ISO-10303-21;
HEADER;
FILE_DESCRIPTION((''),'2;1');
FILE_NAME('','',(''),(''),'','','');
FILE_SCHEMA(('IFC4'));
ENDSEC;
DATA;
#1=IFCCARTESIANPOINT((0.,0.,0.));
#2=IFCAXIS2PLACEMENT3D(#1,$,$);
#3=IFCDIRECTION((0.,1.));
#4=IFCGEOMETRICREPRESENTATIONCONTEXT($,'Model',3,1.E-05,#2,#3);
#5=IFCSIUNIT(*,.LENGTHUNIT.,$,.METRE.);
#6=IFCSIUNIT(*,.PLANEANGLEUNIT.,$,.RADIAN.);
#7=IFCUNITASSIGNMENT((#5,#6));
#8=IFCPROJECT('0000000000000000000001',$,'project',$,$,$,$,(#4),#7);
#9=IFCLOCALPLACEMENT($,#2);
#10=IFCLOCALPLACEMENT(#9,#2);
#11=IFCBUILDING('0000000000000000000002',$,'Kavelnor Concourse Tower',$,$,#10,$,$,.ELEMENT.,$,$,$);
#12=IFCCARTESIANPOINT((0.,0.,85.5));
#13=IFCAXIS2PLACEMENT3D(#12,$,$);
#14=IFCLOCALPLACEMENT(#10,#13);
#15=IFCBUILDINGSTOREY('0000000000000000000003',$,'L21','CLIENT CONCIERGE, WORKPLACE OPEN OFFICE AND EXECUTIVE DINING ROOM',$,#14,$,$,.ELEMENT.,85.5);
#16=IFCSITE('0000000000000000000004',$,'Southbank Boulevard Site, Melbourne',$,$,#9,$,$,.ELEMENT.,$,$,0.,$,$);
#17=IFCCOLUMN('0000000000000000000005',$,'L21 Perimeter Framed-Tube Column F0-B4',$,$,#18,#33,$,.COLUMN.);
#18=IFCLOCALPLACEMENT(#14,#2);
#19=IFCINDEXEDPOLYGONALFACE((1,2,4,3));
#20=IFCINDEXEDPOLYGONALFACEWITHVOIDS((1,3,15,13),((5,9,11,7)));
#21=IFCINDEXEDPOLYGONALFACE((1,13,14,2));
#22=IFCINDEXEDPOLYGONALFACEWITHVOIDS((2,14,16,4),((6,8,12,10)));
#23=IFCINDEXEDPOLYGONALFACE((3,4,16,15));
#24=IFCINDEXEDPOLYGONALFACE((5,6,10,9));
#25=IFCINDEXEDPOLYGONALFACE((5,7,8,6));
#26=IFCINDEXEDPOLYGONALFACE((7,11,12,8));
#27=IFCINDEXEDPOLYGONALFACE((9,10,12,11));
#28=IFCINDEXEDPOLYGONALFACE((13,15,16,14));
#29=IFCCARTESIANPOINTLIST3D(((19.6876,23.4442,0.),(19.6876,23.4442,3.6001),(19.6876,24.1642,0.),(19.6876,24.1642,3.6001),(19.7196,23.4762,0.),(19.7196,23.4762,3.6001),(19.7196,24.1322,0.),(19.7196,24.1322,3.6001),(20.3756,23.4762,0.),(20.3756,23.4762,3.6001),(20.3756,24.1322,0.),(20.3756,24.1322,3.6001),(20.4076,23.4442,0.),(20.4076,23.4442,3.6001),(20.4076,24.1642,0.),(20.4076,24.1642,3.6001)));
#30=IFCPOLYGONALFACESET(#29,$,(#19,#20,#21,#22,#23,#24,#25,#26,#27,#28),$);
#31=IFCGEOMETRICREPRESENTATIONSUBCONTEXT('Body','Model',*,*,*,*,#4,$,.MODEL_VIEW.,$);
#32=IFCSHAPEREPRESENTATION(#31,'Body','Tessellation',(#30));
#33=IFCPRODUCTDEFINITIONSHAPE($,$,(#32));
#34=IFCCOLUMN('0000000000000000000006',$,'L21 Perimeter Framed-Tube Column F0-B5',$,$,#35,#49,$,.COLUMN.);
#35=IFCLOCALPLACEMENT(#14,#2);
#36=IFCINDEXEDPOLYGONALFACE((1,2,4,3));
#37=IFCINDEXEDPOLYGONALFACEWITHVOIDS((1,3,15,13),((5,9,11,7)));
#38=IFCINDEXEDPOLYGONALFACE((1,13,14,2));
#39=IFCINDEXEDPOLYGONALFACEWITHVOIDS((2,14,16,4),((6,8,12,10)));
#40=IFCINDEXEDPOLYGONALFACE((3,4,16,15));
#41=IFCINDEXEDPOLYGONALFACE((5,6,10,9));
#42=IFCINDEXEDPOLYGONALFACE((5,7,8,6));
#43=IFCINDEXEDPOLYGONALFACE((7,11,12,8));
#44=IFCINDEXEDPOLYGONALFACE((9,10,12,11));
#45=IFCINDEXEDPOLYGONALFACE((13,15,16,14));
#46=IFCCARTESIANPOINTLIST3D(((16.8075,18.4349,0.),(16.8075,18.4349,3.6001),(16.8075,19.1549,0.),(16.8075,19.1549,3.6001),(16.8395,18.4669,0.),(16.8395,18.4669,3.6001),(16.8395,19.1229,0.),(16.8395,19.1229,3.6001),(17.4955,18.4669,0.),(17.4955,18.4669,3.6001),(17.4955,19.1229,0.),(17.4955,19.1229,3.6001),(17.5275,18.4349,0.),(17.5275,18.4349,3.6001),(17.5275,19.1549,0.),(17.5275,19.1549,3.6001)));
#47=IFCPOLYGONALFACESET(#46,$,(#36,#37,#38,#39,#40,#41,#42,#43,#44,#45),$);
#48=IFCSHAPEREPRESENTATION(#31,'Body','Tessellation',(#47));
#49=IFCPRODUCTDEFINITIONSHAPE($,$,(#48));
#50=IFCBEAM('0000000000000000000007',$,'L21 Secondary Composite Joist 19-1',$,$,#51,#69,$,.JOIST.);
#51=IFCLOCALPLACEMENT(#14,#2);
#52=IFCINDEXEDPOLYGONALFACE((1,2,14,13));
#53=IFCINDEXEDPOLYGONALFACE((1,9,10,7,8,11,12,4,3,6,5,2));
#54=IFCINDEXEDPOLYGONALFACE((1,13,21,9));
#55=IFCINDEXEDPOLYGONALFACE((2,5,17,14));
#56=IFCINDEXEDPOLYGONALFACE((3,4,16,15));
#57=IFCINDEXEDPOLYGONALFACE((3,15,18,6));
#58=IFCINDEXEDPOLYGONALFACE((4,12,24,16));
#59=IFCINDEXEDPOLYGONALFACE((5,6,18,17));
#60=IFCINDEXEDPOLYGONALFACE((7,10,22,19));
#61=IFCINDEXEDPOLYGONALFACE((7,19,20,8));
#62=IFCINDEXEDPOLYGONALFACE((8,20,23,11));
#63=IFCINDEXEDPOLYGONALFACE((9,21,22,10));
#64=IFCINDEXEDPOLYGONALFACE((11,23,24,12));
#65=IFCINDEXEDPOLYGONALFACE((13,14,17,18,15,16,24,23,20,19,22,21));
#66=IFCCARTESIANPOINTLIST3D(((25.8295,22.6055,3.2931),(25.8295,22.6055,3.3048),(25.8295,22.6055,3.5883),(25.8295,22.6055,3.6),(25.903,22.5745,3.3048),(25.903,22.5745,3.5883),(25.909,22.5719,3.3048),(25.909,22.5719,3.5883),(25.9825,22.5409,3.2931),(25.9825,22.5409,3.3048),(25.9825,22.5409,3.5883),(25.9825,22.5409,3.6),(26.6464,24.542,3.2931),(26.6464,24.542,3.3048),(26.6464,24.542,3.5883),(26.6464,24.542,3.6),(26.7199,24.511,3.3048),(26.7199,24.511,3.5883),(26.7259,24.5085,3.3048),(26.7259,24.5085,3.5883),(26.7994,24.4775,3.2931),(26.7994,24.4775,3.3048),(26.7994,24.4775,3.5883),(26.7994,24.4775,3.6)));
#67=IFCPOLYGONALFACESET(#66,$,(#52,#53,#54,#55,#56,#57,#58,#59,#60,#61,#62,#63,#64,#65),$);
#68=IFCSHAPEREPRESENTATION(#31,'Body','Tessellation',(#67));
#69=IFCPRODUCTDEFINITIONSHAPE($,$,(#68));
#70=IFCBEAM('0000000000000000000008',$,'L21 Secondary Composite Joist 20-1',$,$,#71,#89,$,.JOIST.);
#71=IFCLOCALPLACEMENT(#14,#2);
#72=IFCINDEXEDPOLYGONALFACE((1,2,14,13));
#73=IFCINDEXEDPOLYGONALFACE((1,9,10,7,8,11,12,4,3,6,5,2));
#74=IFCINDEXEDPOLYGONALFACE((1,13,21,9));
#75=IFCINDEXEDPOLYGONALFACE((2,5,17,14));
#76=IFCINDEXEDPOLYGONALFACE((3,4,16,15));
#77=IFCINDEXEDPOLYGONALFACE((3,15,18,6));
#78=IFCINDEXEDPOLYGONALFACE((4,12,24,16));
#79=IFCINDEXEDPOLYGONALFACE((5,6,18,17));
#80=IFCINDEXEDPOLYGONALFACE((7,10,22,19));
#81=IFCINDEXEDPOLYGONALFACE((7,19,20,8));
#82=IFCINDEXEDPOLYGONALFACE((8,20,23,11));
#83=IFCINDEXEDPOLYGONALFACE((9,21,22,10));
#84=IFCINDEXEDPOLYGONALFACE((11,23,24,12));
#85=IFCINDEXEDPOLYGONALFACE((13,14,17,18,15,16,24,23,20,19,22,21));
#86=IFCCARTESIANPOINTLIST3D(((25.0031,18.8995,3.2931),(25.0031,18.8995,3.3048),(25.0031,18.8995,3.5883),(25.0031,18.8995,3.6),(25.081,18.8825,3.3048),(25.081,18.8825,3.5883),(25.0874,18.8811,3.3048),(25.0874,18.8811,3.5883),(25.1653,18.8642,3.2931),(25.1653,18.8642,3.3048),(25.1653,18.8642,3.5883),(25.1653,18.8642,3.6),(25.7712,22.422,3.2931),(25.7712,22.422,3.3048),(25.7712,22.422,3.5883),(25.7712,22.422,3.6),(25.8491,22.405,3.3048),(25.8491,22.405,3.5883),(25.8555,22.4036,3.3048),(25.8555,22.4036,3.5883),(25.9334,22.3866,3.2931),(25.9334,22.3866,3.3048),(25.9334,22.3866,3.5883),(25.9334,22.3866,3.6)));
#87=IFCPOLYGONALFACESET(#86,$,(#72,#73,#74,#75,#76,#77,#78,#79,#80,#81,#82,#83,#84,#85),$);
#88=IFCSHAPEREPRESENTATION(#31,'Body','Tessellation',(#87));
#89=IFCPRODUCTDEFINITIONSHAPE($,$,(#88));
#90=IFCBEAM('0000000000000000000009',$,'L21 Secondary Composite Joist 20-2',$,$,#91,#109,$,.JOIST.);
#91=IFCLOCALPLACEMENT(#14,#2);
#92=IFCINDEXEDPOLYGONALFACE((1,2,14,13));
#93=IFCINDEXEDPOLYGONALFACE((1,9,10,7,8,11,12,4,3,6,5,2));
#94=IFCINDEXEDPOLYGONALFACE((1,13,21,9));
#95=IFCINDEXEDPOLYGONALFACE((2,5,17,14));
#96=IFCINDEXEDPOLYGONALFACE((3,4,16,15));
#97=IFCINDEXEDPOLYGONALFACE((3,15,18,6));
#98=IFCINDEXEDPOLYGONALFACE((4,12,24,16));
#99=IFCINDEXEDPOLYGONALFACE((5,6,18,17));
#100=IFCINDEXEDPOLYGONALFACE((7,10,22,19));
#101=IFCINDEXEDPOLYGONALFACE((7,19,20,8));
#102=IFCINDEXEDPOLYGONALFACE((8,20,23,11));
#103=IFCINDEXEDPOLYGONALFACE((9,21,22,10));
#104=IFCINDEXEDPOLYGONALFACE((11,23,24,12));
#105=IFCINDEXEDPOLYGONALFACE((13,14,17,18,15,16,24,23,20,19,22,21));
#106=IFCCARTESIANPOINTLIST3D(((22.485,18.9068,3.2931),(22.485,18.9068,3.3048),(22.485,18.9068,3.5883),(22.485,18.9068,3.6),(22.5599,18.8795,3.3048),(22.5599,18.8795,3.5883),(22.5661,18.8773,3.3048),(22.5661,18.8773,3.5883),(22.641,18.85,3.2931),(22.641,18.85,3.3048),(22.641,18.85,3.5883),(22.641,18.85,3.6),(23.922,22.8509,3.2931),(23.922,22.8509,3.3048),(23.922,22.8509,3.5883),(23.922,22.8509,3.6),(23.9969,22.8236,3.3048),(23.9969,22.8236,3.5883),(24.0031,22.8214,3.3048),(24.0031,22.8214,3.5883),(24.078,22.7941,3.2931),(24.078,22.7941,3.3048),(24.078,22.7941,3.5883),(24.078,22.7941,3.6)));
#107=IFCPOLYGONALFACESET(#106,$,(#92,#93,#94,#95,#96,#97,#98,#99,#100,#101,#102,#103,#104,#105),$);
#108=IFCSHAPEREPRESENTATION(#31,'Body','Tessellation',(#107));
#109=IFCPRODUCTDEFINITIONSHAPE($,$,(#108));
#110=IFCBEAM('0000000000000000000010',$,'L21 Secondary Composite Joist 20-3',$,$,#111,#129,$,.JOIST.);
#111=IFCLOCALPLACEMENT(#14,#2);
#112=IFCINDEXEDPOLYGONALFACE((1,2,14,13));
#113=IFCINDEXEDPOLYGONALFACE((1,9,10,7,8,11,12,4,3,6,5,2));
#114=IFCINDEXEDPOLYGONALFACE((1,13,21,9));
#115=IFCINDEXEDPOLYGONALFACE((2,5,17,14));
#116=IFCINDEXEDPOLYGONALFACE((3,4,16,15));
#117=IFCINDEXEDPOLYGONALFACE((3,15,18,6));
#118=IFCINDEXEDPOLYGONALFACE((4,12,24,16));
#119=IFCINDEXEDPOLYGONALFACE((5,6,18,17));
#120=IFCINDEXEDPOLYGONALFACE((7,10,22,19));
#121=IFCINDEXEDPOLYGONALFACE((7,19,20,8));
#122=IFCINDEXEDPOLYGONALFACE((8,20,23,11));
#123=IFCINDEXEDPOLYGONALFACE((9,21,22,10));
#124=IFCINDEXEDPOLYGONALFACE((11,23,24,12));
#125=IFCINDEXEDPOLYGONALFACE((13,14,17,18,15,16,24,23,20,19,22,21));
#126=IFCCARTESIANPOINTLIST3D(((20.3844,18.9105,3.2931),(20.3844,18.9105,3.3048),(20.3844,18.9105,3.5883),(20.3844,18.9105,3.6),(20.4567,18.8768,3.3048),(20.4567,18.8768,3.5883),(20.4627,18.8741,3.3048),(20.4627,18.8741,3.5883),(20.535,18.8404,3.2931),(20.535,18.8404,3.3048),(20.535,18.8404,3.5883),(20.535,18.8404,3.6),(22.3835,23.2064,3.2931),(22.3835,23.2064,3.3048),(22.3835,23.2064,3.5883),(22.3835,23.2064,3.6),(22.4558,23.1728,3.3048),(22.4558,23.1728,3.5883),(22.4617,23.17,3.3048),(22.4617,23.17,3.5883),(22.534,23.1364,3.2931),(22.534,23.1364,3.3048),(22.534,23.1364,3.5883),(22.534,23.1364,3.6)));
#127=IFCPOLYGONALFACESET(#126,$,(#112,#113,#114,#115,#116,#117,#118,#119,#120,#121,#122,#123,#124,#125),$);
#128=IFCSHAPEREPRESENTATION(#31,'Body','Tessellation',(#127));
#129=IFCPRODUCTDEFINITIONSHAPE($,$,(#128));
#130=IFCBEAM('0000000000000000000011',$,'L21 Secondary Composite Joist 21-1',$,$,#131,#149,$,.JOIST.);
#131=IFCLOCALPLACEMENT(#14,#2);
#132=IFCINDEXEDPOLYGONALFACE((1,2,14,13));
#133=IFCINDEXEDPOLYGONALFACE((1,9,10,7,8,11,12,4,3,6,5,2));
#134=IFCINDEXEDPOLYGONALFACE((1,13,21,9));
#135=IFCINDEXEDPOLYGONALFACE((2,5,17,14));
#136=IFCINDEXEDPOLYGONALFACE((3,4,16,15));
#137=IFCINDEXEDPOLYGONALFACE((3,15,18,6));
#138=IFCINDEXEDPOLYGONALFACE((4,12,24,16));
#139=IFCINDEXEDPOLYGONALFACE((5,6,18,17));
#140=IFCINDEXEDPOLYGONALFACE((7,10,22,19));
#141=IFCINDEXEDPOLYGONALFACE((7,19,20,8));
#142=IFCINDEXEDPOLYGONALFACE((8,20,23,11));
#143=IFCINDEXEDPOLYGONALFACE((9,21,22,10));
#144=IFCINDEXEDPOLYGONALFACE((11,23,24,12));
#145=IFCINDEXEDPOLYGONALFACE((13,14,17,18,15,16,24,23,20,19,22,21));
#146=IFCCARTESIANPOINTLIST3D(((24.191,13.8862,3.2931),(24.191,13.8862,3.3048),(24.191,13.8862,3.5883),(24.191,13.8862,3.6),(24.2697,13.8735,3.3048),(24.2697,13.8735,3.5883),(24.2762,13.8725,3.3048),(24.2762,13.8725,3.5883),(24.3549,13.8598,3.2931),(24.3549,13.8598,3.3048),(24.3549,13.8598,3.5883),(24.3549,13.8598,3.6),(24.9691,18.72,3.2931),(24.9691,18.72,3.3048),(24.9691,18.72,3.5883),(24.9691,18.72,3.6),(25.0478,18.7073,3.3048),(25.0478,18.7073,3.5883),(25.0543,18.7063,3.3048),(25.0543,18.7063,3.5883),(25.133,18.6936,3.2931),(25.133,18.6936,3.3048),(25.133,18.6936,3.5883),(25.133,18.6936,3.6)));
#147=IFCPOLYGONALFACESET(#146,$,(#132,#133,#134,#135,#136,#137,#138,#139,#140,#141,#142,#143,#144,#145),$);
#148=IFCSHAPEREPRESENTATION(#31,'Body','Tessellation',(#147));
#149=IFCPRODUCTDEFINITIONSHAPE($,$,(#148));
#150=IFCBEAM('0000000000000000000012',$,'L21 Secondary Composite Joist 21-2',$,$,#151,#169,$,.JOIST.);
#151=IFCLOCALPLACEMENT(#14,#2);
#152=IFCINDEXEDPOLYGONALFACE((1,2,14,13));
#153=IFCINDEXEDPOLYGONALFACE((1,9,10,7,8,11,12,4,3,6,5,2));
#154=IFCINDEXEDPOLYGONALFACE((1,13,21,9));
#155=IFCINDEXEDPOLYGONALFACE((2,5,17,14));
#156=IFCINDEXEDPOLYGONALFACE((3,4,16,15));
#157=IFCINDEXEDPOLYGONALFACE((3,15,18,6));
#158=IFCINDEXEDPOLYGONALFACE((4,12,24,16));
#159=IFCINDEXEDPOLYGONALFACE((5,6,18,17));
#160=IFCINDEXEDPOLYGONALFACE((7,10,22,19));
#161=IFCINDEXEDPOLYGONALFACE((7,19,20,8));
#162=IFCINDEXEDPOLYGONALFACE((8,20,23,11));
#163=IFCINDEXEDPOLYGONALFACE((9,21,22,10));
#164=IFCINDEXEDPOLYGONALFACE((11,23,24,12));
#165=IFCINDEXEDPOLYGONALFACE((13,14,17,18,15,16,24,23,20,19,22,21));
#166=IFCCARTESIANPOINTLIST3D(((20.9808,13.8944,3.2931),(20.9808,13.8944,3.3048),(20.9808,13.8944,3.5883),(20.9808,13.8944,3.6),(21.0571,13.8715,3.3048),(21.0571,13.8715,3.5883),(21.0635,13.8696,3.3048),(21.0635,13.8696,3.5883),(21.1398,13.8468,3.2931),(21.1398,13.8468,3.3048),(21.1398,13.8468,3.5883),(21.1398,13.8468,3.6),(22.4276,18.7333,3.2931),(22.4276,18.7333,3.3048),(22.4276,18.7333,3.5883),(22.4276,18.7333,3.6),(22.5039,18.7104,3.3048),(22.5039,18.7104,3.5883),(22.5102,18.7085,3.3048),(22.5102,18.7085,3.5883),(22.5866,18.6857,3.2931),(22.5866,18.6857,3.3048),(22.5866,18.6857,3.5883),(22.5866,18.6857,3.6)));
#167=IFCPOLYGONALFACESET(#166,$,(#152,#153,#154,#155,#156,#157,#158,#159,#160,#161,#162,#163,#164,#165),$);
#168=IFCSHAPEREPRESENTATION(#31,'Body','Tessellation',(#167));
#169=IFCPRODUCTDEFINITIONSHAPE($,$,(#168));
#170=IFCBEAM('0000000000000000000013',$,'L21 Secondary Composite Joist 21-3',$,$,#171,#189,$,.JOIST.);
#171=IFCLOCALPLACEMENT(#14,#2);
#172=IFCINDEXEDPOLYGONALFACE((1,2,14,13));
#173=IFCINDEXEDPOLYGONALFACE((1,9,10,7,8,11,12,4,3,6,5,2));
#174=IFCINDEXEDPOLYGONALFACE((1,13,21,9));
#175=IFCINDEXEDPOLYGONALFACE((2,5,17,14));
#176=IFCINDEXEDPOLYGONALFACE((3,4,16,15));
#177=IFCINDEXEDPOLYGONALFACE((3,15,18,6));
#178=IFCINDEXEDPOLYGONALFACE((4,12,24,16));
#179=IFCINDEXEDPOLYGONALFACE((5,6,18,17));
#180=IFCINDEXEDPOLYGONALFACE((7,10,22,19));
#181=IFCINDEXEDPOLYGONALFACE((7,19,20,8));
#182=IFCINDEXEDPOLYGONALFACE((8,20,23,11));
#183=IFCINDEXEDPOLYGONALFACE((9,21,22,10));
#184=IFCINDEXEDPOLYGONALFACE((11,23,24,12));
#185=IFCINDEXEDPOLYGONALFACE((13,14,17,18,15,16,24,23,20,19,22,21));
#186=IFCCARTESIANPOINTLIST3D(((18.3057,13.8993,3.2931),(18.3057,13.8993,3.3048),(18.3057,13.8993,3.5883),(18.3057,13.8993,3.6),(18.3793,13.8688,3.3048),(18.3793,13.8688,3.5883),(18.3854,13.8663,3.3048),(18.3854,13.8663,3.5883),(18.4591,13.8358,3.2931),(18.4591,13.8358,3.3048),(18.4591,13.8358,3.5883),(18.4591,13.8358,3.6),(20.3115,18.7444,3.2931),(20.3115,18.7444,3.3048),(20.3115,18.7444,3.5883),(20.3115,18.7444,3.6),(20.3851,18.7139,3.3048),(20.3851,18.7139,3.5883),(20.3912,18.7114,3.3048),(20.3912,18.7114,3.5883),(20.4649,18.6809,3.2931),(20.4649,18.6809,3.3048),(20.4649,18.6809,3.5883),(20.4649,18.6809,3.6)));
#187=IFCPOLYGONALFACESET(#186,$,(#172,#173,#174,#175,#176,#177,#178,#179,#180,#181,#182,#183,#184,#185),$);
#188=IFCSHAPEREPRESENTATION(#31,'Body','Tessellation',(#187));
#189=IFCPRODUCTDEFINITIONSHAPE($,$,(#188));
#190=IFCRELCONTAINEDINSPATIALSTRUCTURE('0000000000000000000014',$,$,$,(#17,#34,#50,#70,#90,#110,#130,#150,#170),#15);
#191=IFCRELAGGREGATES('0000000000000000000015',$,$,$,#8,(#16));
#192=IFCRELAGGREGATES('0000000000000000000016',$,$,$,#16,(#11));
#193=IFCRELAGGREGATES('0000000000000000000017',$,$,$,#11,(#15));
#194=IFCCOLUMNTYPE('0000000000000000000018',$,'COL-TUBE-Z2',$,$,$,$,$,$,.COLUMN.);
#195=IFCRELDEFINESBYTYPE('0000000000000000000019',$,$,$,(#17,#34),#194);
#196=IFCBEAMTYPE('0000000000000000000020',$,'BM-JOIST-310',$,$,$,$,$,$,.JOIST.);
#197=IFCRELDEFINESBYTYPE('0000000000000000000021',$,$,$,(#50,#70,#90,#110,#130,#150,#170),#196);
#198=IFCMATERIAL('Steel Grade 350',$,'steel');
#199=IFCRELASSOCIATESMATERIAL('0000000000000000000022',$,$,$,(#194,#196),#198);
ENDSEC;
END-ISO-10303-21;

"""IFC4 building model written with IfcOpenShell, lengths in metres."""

from ifc_helpers import new_model, si_unit, direction, frame, origin, origin_2d, place, context, subcontext, project, spatial, hollow_rectangle, i_section, extrude, material, material_profile, profile_set, type_object, element, save


model = new_model("IFC4")

# Units and contexts
model_context = context("Model", 3, precision=1e-05, world=origin(), true_north=direction((0.0, 1.0)))
body_context = subcontext(model_context, "Body", "Model", "MODEL_VIEW")
ifc_project = project(units=[si_unit("LENGTHUNIT", "METRE"), si_unit("PLANEANGLEUNIT", "RADIAN")], contexts=[model_context])

# Site, building, storey
site_placement = place(None, origin())
site = spatial("IfcSite", under=ifc_project, at=site_placement, Name="Southbank Boulevard Site, Melbourne", CompositionType="ELEMENT", RefElevation=0.0)
building_placement = place(site_placement, origin())
building = spatial("IfcBuilding", under=site, at=building_placement, Name="Kavelnor Concourse Tower", CompositionType="ELEMENT")
storey_placement = place(building_placement, frame((0.0, 0.0, 85.5)))
storey = spatial("IfcBuildingStorey", under=building, at=storey_placement, Name="L21", Description="CLIENT CONCIERGE, WORKPLACE OPEN OFFICE AND EXECUTIVE DINING ROOM", CompositionType="ELEMENT", Elevation=85.5)

# Columns
ifc_material_1 = material(Name="Steel Grade 350", Category="steel")
ifc_material_profile_1 = material_profile(ifc_material_1, hollow_rectangle(XDim=0.72, YDim=0.72, WallThickness=0.032, at=origin_2d()), Name="SHS 720x720x32")
ifc_profile_set_1 = profile_set([ifc_material_profile_1], Name="Steel Grade 350")
column_type = type_object("IfcColumnType", Name="COL-TUBE-Z2", PredefinedType="COLUMN", material=ifc_profile_set_1)
for number, where, z_axis, x_axis, name in (
    (1, (20.0476, 23.8042, 0.0), (0.0, 0.0, 1.0), (1.0, 0.0, 0.0), "L21 Perimeter Framed-Tube Column F0-B4"),
    (2, (17.1675, 18.7949, 0.0), (0.0, 0.0, 1.0), (1.0, 0.0, 0.0), "L21 Perimeter Framed-Tube Column F0-B5"),
):
    element("IfcColumn", number, at=place(storey_placement, frame(where, z_axis=z_axis, x_axis=x_axis)), inside=storey, type_object=column_type, Name=name, PredefinedType="COLUMN", context=body_context, shape_type="SweptSolid", body=[
        extrude(hollow_rectangle(XDim=0.72, YDim=0.72, WallThickness=0.032, at=origin_2d()), origin(), (0.0, 0.0, 1.0), 3.6001),
    ])

# Beams
ifc_material_profile_2 = material_profile(ifc_material_1, i_section(OverallWidth=0.166, OverallDepth=0.3069, WebThickness=0.0066, FlangeThickness=0.0117, at=origin_2d()), Name="310UB46")
ifc_profile_set_2 = profile_set([ifc_material_profile_2], Name="Steel Grade 350")
beam_type_1 = type_object("IfcBeamType", Name="BM-JOIST-310", PredefinedType="JOIST", material=ifc_profile_set_2)
beam_1_placement = place(storey_placement, frame((26.7229, 24.5098, 3.4465), z_axis=(-0.38867, -0.921377, 0.0), x_axis=(0.921377, -0.38867, 0.0)))
element("IfcBeam", 3, at=beam_1_placement, inside=storey, type_object=beam_type_1, Name="L21 Secondary Composite Joist 19-1", PredefinedType="JOIST", context=body_context, shape_type="SweptSolid", body=[
    extrude(i_section(OverallWidth=0.166, OverallDepth=0.3069, WebThickness=0.0066, FlangeThickness=0.0117, at=origin_2d()), origin(), (0.0, 0.0, 1.0), 2.1018),
])
beam_2_placement = place(storey_placement, frame((25.8523, 22.4043, 3.4465), z_axis=(-0.213042, -0.977043, 0.0), x_axis=(0.977043, -0.213042, 0.0)))
element("IfcBeam", 4, at=beam_2_placement, inside=storey, type_object=beam_type_1, Name="L21 Secondary Composite Joist 20-1", PredefinedType="JOIST", context=body_context, shape_type="SweptSolid", body=[
    extrude(i_section(OverallWidth=0.166, OverallDepth=0.3069, WebThickness=0.0066, FlangeThickness=0.0117, at=origin_2d()), origin(), (0.0, 0.0, 1.0), 3.6052),
])
beam_3_placement = place(storey_placement, frame((24.0, 22.8225, 3.4465), z_axis=(-0.342331, -0.939579, 0.0), x_axis=(0.939579, -0.342331, 0.0)))
element("IfcBeam", 5, at=beam_3_placement, inside=storey, type_object=beam_type_1, Name="L21 Secondary Composite Joist 20-2", PredefinedType="JOIST", context=body_context, shape_type="SweptSolid", body=[
    extrude(i_section(OverallWidth=0.166, OverallDepth=0.3069, WebThickness=0.0066, FlangeThickness=0.0117, at=origin_2d()), origin(), (0.0, 0.0, 1.0), 4.1978),
])
beam_4_placement = place(storey_placement, frame((22.4587, 23.1714, 3.4465), z_axis=(-0.421892, -0.906646, 0.0), x_axis=(0.906646, -0.421892, 0.0)))
element("IfcBeam", 6, at=beam_4_placement, inside=storey, type_object=beam_type_1, Name="L21 Secondary Composite Joist 20-3", PredefinedType="JOIST", context=body_context, shape_type="SweptSolid", body=[
    extrude(i_section(OverallWidth=0.166, OverallDepth=0.3069, WebThickness=0.0066, FlangeThickness=0.0117, at=origin_2d()), origin(), (0.0, 0.0, 1.0), 4.7383),
])
beam_5_placement = place(storey_placement, frame((25.051, 18.7068, 3.4465), z_axis=(-0.158922, -0.987291, 0.0), x_axis=(0.987291, -0.158922, 0.0)))
element("IfcBeam", 7, at=beam_5_placement, inside=storey, type_object=beam_type_1, Name="L21 Secondary Composite Joist 21-1", PredefinedType="JOIST", context=body_context, shape_type="SweptSolid", body=[
    extrude(i_section(OverallWidth=0.166, OverallDepth=0.3069, WebThickness=0.0066, FlangeThickness=0.0117, at=origin_2d()), origin(), (0.0, 0.0, 1.0), 4.896),
])
beam_6_placement = place(storey_placement, frame((22.5071, 18.7095, 3.4465), z_axis=(-0.286461, -0.958092, 0.0), x_axis=(0.958092, -0.286461, 0.0)))
element("IfcBeam", 8, at=beam_6_placement, inside=storey, type_object=beam_type_1, Name="L21 Secondary Composite Joist 21-2", PredefinedType="JOIST", context=body_context, shape_type="SweptSolid", body=[
    extrude(i_section(OverallWidth=0.166, OverallDepth=0.3069, WebThickness=0.0066, FlangeThickness=0.0117, at=origin_2d()), origin(), (0.0, 0.0, 1.0), 5.0505),
])
beam_7_placement = place(storey_placement, frame((20.3882, 18.7126, 3.4465), z_axis=(-0.382505, -0.923953, 0.0), x_axis=(0.923953, -0.382505, 0.0)))
element("IfcBeam", 9, at=beam_7_placement, inside=storey, type_object=beam_type_1, Name="L21 Secondary Composite Joist 21-3", PredefinedType="JOIST", context=body_context, shape_type="SweptSolid", body=[
    extrude(i_section(OverallWidth=0.166, OverallDepth=0.3069, WebThickness=0.0066, FlangeThickness=0.0117, at=origin_2d()), origin(), (0.0, 0.0, 1.0), 5.2439),
])

save(model, "model.ifc")
